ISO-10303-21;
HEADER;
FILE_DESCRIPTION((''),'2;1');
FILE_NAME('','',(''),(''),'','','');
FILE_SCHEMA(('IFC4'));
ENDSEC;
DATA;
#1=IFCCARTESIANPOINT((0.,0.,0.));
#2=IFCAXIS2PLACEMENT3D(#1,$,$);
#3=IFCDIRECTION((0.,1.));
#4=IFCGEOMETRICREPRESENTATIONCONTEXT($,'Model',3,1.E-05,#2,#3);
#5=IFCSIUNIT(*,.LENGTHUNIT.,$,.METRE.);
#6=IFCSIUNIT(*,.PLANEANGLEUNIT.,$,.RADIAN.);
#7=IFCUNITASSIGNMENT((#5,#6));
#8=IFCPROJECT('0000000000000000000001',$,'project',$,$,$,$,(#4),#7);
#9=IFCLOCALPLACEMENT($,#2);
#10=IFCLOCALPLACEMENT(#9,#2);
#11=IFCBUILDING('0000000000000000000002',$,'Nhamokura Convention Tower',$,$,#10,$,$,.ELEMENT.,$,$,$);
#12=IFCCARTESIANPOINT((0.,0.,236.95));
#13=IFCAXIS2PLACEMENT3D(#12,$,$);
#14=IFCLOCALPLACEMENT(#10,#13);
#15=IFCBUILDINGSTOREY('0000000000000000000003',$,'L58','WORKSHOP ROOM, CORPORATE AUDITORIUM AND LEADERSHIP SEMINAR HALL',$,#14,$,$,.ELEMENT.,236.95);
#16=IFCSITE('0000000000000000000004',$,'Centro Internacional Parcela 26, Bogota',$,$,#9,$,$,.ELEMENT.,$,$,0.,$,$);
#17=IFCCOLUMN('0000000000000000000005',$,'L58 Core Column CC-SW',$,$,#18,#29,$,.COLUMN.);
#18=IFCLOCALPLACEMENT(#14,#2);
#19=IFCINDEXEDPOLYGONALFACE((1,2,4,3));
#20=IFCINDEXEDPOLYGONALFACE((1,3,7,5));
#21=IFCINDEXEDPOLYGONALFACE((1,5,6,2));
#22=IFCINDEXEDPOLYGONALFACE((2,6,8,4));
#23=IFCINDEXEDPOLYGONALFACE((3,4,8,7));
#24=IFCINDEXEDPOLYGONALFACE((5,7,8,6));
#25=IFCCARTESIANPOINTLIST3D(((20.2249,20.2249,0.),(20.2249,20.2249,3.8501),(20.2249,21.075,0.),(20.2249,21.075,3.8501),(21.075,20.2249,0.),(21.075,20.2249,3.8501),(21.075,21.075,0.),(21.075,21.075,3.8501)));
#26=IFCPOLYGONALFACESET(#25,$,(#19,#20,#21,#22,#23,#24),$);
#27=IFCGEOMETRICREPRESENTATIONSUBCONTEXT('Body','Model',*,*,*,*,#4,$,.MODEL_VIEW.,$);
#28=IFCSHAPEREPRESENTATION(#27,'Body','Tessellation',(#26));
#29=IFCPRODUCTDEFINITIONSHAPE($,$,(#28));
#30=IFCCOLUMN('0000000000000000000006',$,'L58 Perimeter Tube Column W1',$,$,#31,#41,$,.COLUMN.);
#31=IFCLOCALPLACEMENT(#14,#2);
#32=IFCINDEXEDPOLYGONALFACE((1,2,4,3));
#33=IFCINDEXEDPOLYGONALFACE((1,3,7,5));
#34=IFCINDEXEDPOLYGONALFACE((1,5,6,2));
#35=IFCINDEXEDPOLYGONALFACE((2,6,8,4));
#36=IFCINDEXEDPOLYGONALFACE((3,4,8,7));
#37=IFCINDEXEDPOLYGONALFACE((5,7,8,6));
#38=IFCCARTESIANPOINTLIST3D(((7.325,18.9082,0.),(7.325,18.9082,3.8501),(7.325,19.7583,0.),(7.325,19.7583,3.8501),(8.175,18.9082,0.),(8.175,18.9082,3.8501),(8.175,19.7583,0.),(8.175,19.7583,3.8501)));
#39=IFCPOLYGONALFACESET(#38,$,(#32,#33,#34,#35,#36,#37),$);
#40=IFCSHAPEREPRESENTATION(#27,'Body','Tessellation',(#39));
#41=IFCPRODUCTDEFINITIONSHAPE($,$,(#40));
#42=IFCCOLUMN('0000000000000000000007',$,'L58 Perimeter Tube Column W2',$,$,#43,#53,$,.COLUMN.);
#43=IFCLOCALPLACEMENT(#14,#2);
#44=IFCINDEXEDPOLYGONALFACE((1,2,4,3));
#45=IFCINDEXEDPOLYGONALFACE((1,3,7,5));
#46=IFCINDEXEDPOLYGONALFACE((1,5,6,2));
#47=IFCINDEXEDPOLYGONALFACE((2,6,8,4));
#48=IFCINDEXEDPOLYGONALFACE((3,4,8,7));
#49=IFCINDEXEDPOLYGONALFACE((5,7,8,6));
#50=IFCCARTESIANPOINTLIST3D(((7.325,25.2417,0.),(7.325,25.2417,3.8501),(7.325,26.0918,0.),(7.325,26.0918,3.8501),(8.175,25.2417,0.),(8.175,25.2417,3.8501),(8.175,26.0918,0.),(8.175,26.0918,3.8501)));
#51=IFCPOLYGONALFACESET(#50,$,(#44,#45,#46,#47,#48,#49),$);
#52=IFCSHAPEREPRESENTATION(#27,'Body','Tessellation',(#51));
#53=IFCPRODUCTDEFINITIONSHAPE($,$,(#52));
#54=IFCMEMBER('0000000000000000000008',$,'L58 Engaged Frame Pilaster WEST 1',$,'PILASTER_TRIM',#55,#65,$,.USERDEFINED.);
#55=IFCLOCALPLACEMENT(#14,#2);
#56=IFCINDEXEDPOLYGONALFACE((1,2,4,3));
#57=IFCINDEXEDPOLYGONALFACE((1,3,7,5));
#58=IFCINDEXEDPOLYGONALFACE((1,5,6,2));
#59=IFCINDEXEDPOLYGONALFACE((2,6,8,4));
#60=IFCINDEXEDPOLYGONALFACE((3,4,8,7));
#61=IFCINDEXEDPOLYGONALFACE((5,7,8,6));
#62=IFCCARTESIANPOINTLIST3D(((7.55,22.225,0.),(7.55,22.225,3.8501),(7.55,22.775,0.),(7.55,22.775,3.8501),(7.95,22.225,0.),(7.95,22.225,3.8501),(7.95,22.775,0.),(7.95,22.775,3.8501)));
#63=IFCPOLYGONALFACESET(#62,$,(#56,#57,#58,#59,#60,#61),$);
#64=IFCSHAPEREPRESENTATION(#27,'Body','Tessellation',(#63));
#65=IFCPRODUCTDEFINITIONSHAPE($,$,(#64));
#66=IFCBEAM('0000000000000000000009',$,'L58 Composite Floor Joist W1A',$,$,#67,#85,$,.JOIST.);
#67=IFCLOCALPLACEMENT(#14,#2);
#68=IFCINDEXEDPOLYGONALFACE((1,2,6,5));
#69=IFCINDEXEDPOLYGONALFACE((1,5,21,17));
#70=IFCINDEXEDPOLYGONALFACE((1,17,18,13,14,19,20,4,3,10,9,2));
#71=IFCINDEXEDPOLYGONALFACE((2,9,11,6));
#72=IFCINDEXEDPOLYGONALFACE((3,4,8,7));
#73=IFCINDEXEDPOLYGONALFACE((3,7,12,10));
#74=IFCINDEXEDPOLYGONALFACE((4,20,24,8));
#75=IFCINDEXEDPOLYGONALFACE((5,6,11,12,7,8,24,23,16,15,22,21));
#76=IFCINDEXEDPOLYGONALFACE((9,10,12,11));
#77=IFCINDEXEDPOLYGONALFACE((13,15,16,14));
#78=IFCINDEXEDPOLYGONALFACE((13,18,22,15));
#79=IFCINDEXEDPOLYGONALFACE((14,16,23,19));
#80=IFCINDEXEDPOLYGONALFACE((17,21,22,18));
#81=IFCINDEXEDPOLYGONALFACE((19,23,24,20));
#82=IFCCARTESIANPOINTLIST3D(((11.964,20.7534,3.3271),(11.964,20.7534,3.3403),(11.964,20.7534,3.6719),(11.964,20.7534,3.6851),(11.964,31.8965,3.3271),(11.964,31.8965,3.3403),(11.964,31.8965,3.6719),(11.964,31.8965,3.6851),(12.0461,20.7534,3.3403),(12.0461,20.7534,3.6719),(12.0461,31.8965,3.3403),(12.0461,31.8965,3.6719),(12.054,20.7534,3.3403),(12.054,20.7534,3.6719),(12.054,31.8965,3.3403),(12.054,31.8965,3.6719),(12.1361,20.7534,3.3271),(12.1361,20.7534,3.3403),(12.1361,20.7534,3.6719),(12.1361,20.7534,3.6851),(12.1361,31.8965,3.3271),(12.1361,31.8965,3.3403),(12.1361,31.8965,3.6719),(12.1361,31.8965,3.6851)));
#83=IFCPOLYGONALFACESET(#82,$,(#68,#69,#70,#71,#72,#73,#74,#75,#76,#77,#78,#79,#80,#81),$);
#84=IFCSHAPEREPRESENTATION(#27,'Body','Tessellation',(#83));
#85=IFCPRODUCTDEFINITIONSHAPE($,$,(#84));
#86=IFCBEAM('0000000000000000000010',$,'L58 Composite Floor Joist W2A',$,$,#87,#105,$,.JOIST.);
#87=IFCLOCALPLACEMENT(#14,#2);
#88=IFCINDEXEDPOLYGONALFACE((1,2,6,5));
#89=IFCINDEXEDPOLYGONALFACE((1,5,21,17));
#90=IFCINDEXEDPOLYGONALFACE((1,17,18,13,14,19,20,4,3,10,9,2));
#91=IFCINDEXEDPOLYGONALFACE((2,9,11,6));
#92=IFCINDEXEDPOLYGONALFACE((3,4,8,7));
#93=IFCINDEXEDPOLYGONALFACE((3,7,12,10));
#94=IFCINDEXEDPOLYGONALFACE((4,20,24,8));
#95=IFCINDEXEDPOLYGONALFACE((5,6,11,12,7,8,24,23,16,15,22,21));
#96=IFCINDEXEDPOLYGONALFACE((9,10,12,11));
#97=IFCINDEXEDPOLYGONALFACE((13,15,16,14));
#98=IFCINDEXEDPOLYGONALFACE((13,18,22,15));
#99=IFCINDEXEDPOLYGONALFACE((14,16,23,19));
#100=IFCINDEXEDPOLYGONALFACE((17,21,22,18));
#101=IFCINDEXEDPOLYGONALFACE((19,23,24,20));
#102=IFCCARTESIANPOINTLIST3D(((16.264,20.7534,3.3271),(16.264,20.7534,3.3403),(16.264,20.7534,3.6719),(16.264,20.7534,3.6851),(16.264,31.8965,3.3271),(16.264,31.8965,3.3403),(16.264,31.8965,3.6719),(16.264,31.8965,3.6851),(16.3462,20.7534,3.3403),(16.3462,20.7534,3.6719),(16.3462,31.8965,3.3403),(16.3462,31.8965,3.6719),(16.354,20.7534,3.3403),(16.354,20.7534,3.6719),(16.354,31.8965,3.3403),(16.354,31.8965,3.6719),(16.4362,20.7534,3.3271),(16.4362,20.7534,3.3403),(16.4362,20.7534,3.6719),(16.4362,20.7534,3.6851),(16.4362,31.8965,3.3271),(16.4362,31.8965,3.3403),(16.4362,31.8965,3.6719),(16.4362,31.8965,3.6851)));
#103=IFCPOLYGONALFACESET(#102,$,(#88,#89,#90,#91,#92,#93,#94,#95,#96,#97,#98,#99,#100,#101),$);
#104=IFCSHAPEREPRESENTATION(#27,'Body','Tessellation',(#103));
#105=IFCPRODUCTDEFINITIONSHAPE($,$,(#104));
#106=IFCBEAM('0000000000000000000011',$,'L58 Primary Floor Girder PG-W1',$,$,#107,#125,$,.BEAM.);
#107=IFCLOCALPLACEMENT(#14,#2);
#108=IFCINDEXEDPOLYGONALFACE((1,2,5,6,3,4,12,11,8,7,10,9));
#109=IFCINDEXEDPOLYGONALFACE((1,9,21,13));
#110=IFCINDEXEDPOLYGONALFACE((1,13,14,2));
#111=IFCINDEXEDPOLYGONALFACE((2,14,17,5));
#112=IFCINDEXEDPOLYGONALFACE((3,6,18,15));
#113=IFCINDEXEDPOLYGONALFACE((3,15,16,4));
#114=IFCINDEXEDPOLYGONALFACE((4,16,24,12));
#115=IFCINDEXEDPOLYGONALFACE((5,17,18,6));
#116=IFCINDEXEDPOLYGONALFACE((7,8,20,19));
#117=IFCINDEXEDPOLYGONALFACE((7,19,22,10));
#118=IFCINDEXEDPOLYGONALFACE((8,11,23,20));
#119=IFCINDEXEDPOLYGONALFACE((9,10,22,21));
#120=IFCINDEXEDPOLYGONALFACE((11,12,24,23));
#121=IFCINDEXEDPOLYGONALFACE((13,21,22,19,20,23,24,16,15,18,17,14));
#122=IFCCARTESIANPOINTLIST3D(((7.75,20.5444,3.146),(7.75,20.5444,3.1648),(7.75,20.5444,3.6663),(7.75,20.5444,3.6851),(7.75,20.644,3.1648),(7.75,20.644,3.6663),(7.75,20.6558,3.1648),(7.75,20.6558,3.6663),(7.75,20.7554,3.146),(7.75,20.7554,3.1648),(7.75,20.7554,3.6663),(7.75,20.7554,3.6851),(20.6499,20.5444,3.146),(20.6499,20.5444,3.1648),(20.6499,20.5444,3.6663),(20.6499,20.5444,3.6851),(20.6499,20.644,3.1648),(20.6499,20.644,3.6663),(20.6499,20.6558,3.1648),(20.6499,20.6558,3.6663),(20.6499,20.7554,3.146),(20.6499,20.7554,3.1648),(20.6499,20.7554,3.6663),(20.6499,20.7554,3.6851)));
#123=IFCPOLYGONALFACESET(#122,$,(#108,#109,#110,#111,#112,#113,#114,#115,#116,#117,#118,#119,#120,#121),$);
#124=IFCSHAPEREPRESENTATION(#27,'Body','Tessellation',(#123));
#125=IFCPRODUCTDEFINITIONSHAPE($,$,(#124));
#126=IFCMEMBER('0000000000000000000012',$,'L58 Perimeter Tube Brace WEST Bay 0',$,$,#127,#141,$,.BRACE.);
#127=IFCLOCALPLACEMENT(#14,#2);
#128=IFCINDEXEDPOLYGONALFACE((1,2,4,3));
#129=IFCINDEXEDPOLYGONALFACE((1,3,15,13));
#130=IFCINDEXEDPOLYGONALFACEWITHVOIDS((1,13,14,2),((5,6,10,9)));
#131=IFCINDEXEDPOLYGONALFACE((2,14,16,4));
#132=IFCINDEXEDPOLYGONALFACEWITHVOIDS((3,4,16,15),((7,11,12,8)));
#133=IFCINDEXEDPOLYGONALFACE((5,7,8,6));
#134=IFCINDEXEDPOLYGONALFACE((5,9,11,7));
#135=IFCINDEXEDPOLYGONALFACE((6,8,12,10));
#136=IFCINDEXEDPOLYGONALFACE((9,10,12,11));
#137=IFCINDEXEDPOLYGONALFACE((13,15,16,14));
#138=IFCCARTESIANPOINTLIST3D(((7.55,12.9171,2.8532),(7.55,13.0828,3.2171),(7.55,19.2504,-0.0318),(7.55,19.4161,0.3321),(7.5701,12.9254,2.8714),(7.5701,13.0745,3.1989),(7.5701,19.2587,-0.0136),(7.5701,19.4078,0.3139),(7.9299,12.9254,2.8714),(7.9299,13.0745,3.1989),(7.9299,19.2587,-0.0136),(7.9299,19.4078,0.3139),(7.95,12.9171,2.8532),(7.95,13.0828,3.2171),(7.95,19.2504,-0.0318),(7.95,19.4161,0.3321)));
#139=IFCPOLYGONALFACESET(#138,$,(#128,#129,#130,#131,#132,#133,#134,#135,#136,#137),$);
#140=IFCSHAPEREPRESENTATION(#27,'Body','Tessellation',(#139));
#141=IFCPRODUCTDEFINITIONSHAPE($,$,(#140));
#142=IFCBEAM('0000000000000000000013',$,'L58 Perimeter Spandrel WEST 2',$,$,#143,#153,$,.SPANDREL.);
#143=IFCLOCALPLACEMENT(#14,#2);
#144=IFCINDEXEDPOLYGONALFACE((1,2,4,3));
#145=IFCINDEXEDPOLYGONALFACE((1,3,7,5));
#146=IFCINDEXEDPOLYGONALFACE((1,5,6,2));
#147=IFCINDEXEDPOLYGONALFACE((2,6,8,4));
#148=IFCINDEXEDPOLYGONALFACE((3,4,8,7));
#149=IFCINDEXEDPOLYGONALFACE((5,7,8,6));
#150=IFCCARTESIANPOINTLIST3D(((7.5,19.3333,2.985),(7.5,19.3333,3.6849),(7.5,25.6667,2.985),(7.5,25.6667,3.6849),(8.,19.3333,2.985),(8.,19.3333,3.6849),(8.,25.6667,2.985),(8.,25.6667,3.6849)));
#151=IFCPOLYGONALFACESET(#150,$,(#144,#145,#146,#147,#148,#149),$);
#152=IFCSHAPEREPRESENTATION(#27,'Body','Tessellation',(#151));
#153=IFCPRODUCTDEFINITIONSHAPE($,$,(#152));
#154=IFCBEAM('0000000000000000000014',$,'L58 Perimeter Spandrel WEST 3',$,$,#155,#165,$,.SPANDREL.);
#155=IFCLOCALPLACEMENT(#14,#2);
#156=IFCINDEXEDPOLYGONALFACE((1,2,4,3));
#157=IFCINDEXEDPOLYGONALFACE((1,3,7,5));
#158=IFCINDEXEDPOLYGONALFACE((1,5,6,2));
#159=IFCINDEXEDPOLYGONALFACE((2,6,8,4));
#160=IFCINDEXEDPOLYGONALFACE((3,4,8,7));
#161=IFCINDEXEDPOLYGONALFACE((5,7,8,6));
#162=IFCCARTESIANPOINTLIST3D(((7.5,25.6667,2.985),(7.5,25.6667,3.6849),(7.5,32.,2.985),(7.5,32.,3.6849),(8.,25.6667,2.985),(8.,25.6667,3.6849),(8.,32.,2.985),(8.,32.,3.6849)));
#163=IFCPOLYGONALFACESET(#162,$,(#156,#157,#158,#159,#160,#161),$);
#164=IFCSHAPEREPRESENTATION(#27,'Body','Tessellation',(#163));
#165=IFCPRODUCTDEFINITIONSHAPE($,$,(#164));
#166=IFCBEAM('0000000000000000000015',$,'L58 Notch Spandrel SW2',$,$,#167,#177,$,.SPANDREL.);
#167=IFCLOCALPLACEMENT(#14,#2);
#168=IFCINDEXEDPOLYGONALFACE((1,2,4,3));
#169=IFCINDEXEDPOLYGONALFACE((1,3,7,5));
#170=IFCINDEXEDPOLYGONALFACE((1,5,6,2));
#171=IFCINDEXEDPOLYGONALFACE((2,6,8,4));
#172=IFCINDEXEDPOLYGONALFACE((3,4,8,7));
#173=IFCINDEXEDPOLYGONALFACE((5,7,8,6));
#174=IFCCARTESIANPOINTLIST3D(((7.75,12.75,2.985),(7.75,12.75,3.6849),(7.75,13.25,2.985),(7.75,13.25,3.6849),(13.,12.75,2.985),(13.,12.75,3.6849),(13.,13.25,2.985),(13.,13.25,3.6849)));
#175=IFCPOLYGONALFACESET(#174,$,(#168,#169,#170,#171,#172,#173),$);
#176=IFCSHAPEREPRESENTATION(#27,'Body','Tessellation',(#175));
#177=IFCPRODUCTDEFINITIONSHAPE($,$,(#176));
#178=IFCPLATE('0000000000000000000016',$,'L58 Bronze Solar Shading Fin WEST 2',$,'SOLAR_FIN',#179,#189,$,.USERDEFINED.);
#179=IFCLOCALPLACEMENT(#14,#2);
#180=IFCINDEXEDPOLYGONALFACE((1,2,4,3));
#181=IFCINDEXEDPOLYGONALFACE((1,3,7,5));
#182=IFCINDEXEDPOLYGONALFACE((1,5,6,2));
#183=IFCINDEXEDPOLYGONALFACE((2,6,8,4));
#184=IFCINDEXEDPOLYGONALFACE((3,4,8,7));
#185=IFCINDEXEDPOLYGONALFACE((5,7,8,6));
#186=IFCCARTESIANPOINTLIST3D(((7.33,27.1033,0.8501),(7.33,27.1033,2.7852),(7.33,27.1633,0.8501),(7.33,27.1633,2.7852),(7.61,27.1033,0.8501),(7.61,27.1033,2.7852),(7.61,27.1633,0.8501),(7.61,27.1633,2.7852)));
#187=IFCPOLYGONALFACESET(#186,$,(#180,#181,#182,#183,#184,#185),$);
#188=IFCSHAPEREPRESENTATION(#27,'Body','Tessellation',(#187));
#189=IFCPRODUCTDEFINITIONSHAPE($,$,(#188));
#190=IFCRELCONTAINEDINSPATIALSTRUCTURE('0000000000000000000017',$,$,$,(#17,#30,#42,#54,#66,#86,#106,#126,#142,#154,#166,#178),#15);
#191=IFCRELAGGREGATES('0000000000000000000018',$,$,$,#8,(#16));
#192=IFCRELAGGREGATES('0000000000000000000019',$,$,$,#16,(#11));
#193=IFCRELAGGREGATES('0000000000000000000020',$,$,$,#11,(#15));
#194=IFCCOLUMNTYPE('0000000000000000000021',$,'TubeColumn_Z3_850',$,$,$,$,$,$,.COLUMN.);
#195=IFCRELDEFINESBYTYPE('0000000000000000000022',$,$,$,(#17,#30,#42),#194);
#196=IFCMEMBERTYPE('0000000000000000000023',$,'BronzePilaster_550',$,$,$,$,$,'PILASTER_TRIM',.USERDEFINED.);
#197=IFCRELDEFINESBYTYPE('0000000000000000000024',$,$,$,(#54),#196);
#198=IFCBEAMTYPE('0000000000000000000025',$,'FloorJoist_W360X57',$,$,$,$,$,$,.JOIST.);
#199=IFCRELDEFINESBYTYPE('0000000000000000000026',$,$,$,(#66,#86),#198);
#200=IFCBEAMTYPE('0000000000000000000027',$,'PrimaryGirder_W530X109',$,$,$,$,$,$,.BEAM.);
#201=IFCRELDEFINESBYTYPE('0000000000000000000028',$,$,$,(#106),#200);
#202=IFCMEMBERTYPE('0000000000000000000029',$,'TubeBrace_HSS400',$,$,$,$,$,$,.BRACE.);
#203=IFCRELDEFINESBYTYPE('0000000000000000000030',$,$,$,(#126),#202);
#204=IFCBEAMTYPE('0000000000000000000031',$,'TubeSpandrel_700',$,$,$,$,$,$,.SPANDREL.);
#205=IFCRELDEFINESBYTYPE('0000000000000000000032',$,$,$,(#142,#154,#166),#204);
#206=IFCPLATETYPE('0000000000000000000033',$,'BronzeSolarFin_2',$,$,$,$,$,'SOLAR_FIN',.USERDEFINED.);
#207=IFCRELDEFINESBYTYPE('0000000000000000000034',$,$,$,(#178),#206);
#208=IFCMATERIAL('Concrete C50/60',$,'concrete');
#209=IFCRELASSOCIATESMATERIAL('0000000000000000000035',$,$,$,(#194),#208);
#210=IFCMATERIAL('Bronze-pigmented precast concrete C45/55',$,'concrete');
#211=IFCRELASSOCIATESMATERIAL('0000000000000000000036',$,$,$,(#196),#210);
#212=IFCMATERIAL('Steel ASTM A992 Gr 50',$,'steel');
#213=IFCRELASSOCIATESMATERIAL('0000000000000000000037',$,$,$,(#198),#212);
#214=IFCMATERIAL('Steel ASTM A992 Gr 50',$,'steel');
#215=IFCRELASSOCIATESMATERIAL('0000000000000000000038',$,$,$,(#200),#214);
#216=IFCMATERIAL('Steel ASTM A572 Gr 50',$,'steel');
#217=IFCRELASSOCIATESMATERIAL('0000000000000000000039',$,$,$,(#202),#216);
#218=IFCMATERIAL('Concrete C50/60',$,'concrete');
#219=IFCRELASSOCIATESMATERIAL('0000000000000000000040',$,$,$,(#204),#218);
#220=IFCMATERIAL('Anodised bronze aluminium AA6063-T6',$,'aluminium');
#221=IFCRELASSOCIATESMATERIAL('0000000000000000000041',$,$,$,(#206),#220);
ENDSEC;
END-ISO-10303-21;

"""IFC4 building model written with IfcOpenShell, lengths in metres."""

from ifc_helpers import new_model, si_unit, direction, frame, origin, origin_2d, place, context, subcontext, project, spatial, rectangle, hollow_rectangle, i_section, extrude, material, material_profile, profile_set, type_object, element, save


model = new_model("IFC4")

# Units and contexts
model_context = context("Model", 3, precision=1e-05, world=origin(), true_north=direction((0.0, 1.0)))
body_context = subcontext(model_context, "Body", "Model", "MODEL_VIEW")
ifc_project = project(units=[si_unit("LENGTHUNIT", "METRE"), si_unit("PLANEANGLEUNIT", "RADIAN")], contexts=[model_context])

# Site, building, storey
site_placement = place(None, origin())
site = spatial("IfcSite", under=ifc_project, at=site_placement, Name="Centro Internacional Parcela 26, Bogota", CompositionType="ELEMENT", RefElevation=0.0)
building_placement = place(site_placement, origin())
building = spatial("IfcBuilding", under=site, at=building_placement, Name="Nhamokura Convention Tower", CompositionType="ELEMENT")
storey_placement = place(building_placement, frame((0.0, 0.0, 236.95)))
storey = spatial("IfcBuildingStorey", under=building, at=storey_placement, Name="L58", Description="WORKSHOP ROOM, CORPORATE AUDITORIUM AND LEADERSHIP SEMINAR HALL", CompositionType="ELEMENT", Elevation=236.95)

# Columns
ifc_material_1 = material(Name="Concrete C50/60", Category="concrete")
ifc_material_profile_1 = material_profile(ifc_material_1, rectangle(XDim=0.8501, YDim=0.8501, at=origin_2d()))
ifc_profile_set_1 = profile_set([ifc_material_profile_1], Name="Concrete C50/60")
column_type = type_object("IfcColumnType", Name="TubeColumn_Z3_850", PredefinedType="COLUMN", material=ifc_profile_set_1)
for number, where, z_axis, x_axis, name in (
    (1, (20.6499, 20.6499, 0.0), (0.0, 0.0, 1.0), (1.0, 0.0, 0.0), "L58 Core Column CC-SW"),
    (2, (7.75, 19.3333, 0.0), (0.0, 0.0, 1.0), (1.0, 0.0, 0.0), "L58 Perimeter Tube Column W1"),
    (3, (7.75, 25.6667, 0.0), (0.0, 0.0, 1.0), (1.0, 0.0, 0.0), "L58 Perimeter Tube Column W2"),
):
    element("IfcColumn", number, at=place(storey_placement, frame(where, z_axis=z_axis, x_axis=x_axis)), inside=storey, type_object=column_type, Name=name, PredefinedType="COLUMN", context=body_context, shape_type="SweptSolid", body=[
        extrude(rectangle(XDim=0.8501, YDim=0.8501, at=origin_2d()), origin(), (0.0, 0.0, 1.0), 3.8501),
    ])

# Member
ifc_material_2 = material(Name="Bronze-pigmented precast concrete C45/55", Category="concrete")
ifc_material_profile_2 = material_profile(ifc_material_2, rectangle(XDim=0.3999, YDim=0.55, at=origin_2d()))
ifc_profile_set_2 = profile_set([ifc_material_profile_2], Name="Bronze-pigmented precast concrete C45/55")
member_type_1 = type_object("IfcMemberType", Name="BronzePilaster_550", ElementType="PILASTER_TRIM", PredefinedType="USERDEFINED", material=ifc_profile_set_2)
member_1_placement = place(storey_placement, frame((7.75, 22.5, 0.0), z_axis=(0.0, 0.0, 1.0), x_axis=(1.0, 0.0, 0.0)))
element("IfcMember", 4, at=member_1_placement, inside=storey, type_object=member_type_1, Name="L58 Engaged Frame Pilaster WEST 1", ObjectType="PILASTER_TRIM", PredefinedType="USERDEFINED", context=body_context, shape_type="SweptSolid", body=[
    extrude(rectangle(XDim=0.3999, YDim=0.55, at=origin_2d()), origin(), (0.0, 0.0, 1.0), 3.8501),
])

# Beams
ifc_material_3 = material(Name="Steel ASTM A992 Gr 50", Category="steel")
ifc_material_profile_3 = material_profile(ifc_material_3, i_section(OverallWidth=0.1721, OverallDepth=0.3579, WebThickness=0.0078, FlangeThickness=0.0132, at=origin_2d()))
ifc_profile_set_3 = profile_set([ifc_material_profile_3], Name="Steel ASTM A992 Gr 50")
beam_type_1 = type_object("IfcBeamType", Name="FloorJoist_W360X57", PredefinedType="JOIST", material=ifc_profile_set_3)
for number, where, z_axis, x_axis, name in (
    (5, (12.05, 20.7534, 3.5061), (0.0, 1.0, 0.0), (-1.0, 0.0, 0.0), "L58 Composite Floor Joist W1A"),
    (6, (16.3501, 20.7534, 3.5061), (0.0, 1.0, 0.0), (-1.0, 0.0, 0.0), "L58 Composite Floor Joist W2A"),
):
    element("IfcBeam", number, at=place(storey_placement, frame(where, z_axis=z_axis, x_axis=x_axis)), inside=storey, type_object=beam_type_1, Name=name, PredefinedType="JOIST", context=body_context, shape_type="SweptSolid", body=[
        extrude(i_section(OverallWidth=0.1721, OverallDepth=0.3579, WebThickness=0.0078, FlangeThickness=0.0132, at=origin_2d()), origin(), (0.0, 0.0, 1.0), 11.1431),
    ])
ifc_material_4 = material(Name="Steel ASTM A992 Gr 50", Category="steel")
ifc_material_profile_4 = material_profile(ifc_material_4, i_section(OverallWidth=0.2109, OverallDepth=0.5391, WebThickness=0.0117, FlangeThickness=0.0188, at=origin_2d()))
ifc_profile_set_4 = profile_set([ifc_material_profile_4], Name="Steel ASTM A992 Gr 50")
beam_type_2 = type_object("IfcBeamType", Name="PrimaryGirder_W530X109", PredefinedType="BEAM", material=ifc_profile_set_4)
beam_1_placement = place(storey_placement, frame((7.75, 20.6499, 3.4155), z_axis=(1.0, 0.0, 0.0), x_axis=(0.0, 1.0, 0.0)))
element("IfcBeam", 7, at=beam_1_placement, inside=storey, type_object=beam_type_2, Name="L58 Primary Floor Girder PG-W1", PredefinedType="BEAM", context=body_context, shape_type="SweptSolid", body=[
    extrude(i_section(OverallWidth=0.2109, OverallDepth=0.5391, WebThickness=0.0117, FlangeThickness=0.0188, at=origin_2d()), origin(), (0.0, 0.0, 1.0), 12.8999),
])

# Member
ifc_material_5 = material(Name="Steel ASTM A572 Gr 50", Category="steel")
ifc_material_profile_5 = material_profile(ifc_material_5, hollow_rectangle(XDim=0.3999, YDim=0.3999, WallThickness=0.02, at=origin_2d()))
ifc_profile_set_5 = profile_set([ifc_material_profile_5], Name="Steel ASTM A572 Gr 50")
member_type_2 = type_object("IfcMemberType", Name="TubeBrace_HSS400", PredefinedType="BRACE", material=ifc_profile_set_5)
member_2_placement = place(storey_placement, frame((7.75, 19.3333, 0.1501), z_axis=(0.0, -0.910027, 0.414548), x_axis=(1.0, 0.0, 0.0)))
element("IfcMember", 8, at=member_2_placement, inside=storey, type_object=member_type_2, Name="L58 Perimeter Tube Brace WEST Bay 0", PredefinedType="BRACE", context=body_context, shape_type="SweptSolid", body=[
    extrude(hollow_rectangle(XDim=0.3999, YDim=0.3999, WallThickness=0.02, at=origin_2d()), origin(), (0.0, 0.0, 1.0), 6.9595),
])

# Beams
ifc_material_6 = material(Name="Concrete C50/60", Category="concrete")
ifc_material_profile_6 = material_profile(ifc_material_6, rectangle(XDim=0.5, YDim=0.7, at=origin_2d()))
ifc_profile_set_6 = profile_set([ifc_material_profile_6], Name="Concrete C50/60")
beam_type_3 = type_object("IfcBeamType", Name="TubeSpandrel_700", PredefinedType="SPANDREL", material=ifc_profile_set_6)
beam_2_placement = place(storey_placement, frame((7.75, 19.3333, 3.335), z_axis=(0.0, 1.0, 0.0), x_axis=(-1.0, 0.0, 0.0)))
element("IfcBeam", 9, at=beam_2_placement, inside=storey, type_object=beam_type_3, Name="L58 Perimeter Spandrel WEST 2", PredefinedType="SPANDREL", context=body_context, shape_type="SweptSolid", body=[
    extrude(rectangle(XDim=0.5, YDim=0.7, at=origin_2d()), origin(), (0.0, 0.0, 1.0), 6.3335),
])
beam_3_placement = place(storey_placement, frame((7.75, 25.6667, 3.335), z_axis=(0.0, 1.0, 0.0), x_axis=(-1.0, 0.0, 0.0)))
element("IfcBeam", 10, at=beam_3_placement, inside=storey, type_object=beam_type_3, Name="L58 Perimeter Spandrel WEST 3", PredefinedType="SPANDREL", context=body_context, shape_type="SweptSolid", body=[
    extrude(rectangle(XDim=0.5, YDim=0.7, at=origin_2d()), origin(), (0.0, 0.0, 1.0), 6.3333),
])
beam_4_placement = place(storey_placement, frame((13.0, 13.0, 3.335), z_axis=(-1.0, 0.0, 0.0), x_axis=(0.0, -1.0, 0.0)))
element("IfcBeam", 11, at=beam_4_placement, inside=storey, type_object=beam_type_3, Name="L58 Notch Spandrel SW2", PredefinedType="SPANDREL", context=body_context, shape_type="SweptSolid", body=[
    extrude(rectangle(XDim=0.5, YDim=0.7, at=origin_2d()), origin(), (0.0, 0.0, 1.0), 5.25),
])

# Plate
ifc_material_7 = material(Name="Anodised bronze aluminium AA6063-T6", Category="aluminium")
plate_type = type_object("IfcPlateType", Name="BronzeSolarFin_2", ElementType="SOLAR_FIN", PredefinedType="USERDEFINED", material=ifc_material_7)
plate_placement = place(storey_placement, frame((7.47, 27.1333, 0.8501), z_axis=(0.0, 0.0, 1.0), x_axis=(1.0, 0.0, 0.0)))
element("IfcPlate", 12, at=plate_placement, inside=storey, type_object=plate_type, Name="L58 Bronze Solar Shading Fin WEST 2", ObjectType="SOLAR_FIN", PredefinedType="USERDEFINED", context=body_context, shape_type="SweptSolid", body=[
    extrude(rectangle(XDim=0.28, YDim=0.0601, at=origin_2d()), origin(), (0.0, 0.0, 1.0), 1.9351),
])

save(model, "model.ifc")
